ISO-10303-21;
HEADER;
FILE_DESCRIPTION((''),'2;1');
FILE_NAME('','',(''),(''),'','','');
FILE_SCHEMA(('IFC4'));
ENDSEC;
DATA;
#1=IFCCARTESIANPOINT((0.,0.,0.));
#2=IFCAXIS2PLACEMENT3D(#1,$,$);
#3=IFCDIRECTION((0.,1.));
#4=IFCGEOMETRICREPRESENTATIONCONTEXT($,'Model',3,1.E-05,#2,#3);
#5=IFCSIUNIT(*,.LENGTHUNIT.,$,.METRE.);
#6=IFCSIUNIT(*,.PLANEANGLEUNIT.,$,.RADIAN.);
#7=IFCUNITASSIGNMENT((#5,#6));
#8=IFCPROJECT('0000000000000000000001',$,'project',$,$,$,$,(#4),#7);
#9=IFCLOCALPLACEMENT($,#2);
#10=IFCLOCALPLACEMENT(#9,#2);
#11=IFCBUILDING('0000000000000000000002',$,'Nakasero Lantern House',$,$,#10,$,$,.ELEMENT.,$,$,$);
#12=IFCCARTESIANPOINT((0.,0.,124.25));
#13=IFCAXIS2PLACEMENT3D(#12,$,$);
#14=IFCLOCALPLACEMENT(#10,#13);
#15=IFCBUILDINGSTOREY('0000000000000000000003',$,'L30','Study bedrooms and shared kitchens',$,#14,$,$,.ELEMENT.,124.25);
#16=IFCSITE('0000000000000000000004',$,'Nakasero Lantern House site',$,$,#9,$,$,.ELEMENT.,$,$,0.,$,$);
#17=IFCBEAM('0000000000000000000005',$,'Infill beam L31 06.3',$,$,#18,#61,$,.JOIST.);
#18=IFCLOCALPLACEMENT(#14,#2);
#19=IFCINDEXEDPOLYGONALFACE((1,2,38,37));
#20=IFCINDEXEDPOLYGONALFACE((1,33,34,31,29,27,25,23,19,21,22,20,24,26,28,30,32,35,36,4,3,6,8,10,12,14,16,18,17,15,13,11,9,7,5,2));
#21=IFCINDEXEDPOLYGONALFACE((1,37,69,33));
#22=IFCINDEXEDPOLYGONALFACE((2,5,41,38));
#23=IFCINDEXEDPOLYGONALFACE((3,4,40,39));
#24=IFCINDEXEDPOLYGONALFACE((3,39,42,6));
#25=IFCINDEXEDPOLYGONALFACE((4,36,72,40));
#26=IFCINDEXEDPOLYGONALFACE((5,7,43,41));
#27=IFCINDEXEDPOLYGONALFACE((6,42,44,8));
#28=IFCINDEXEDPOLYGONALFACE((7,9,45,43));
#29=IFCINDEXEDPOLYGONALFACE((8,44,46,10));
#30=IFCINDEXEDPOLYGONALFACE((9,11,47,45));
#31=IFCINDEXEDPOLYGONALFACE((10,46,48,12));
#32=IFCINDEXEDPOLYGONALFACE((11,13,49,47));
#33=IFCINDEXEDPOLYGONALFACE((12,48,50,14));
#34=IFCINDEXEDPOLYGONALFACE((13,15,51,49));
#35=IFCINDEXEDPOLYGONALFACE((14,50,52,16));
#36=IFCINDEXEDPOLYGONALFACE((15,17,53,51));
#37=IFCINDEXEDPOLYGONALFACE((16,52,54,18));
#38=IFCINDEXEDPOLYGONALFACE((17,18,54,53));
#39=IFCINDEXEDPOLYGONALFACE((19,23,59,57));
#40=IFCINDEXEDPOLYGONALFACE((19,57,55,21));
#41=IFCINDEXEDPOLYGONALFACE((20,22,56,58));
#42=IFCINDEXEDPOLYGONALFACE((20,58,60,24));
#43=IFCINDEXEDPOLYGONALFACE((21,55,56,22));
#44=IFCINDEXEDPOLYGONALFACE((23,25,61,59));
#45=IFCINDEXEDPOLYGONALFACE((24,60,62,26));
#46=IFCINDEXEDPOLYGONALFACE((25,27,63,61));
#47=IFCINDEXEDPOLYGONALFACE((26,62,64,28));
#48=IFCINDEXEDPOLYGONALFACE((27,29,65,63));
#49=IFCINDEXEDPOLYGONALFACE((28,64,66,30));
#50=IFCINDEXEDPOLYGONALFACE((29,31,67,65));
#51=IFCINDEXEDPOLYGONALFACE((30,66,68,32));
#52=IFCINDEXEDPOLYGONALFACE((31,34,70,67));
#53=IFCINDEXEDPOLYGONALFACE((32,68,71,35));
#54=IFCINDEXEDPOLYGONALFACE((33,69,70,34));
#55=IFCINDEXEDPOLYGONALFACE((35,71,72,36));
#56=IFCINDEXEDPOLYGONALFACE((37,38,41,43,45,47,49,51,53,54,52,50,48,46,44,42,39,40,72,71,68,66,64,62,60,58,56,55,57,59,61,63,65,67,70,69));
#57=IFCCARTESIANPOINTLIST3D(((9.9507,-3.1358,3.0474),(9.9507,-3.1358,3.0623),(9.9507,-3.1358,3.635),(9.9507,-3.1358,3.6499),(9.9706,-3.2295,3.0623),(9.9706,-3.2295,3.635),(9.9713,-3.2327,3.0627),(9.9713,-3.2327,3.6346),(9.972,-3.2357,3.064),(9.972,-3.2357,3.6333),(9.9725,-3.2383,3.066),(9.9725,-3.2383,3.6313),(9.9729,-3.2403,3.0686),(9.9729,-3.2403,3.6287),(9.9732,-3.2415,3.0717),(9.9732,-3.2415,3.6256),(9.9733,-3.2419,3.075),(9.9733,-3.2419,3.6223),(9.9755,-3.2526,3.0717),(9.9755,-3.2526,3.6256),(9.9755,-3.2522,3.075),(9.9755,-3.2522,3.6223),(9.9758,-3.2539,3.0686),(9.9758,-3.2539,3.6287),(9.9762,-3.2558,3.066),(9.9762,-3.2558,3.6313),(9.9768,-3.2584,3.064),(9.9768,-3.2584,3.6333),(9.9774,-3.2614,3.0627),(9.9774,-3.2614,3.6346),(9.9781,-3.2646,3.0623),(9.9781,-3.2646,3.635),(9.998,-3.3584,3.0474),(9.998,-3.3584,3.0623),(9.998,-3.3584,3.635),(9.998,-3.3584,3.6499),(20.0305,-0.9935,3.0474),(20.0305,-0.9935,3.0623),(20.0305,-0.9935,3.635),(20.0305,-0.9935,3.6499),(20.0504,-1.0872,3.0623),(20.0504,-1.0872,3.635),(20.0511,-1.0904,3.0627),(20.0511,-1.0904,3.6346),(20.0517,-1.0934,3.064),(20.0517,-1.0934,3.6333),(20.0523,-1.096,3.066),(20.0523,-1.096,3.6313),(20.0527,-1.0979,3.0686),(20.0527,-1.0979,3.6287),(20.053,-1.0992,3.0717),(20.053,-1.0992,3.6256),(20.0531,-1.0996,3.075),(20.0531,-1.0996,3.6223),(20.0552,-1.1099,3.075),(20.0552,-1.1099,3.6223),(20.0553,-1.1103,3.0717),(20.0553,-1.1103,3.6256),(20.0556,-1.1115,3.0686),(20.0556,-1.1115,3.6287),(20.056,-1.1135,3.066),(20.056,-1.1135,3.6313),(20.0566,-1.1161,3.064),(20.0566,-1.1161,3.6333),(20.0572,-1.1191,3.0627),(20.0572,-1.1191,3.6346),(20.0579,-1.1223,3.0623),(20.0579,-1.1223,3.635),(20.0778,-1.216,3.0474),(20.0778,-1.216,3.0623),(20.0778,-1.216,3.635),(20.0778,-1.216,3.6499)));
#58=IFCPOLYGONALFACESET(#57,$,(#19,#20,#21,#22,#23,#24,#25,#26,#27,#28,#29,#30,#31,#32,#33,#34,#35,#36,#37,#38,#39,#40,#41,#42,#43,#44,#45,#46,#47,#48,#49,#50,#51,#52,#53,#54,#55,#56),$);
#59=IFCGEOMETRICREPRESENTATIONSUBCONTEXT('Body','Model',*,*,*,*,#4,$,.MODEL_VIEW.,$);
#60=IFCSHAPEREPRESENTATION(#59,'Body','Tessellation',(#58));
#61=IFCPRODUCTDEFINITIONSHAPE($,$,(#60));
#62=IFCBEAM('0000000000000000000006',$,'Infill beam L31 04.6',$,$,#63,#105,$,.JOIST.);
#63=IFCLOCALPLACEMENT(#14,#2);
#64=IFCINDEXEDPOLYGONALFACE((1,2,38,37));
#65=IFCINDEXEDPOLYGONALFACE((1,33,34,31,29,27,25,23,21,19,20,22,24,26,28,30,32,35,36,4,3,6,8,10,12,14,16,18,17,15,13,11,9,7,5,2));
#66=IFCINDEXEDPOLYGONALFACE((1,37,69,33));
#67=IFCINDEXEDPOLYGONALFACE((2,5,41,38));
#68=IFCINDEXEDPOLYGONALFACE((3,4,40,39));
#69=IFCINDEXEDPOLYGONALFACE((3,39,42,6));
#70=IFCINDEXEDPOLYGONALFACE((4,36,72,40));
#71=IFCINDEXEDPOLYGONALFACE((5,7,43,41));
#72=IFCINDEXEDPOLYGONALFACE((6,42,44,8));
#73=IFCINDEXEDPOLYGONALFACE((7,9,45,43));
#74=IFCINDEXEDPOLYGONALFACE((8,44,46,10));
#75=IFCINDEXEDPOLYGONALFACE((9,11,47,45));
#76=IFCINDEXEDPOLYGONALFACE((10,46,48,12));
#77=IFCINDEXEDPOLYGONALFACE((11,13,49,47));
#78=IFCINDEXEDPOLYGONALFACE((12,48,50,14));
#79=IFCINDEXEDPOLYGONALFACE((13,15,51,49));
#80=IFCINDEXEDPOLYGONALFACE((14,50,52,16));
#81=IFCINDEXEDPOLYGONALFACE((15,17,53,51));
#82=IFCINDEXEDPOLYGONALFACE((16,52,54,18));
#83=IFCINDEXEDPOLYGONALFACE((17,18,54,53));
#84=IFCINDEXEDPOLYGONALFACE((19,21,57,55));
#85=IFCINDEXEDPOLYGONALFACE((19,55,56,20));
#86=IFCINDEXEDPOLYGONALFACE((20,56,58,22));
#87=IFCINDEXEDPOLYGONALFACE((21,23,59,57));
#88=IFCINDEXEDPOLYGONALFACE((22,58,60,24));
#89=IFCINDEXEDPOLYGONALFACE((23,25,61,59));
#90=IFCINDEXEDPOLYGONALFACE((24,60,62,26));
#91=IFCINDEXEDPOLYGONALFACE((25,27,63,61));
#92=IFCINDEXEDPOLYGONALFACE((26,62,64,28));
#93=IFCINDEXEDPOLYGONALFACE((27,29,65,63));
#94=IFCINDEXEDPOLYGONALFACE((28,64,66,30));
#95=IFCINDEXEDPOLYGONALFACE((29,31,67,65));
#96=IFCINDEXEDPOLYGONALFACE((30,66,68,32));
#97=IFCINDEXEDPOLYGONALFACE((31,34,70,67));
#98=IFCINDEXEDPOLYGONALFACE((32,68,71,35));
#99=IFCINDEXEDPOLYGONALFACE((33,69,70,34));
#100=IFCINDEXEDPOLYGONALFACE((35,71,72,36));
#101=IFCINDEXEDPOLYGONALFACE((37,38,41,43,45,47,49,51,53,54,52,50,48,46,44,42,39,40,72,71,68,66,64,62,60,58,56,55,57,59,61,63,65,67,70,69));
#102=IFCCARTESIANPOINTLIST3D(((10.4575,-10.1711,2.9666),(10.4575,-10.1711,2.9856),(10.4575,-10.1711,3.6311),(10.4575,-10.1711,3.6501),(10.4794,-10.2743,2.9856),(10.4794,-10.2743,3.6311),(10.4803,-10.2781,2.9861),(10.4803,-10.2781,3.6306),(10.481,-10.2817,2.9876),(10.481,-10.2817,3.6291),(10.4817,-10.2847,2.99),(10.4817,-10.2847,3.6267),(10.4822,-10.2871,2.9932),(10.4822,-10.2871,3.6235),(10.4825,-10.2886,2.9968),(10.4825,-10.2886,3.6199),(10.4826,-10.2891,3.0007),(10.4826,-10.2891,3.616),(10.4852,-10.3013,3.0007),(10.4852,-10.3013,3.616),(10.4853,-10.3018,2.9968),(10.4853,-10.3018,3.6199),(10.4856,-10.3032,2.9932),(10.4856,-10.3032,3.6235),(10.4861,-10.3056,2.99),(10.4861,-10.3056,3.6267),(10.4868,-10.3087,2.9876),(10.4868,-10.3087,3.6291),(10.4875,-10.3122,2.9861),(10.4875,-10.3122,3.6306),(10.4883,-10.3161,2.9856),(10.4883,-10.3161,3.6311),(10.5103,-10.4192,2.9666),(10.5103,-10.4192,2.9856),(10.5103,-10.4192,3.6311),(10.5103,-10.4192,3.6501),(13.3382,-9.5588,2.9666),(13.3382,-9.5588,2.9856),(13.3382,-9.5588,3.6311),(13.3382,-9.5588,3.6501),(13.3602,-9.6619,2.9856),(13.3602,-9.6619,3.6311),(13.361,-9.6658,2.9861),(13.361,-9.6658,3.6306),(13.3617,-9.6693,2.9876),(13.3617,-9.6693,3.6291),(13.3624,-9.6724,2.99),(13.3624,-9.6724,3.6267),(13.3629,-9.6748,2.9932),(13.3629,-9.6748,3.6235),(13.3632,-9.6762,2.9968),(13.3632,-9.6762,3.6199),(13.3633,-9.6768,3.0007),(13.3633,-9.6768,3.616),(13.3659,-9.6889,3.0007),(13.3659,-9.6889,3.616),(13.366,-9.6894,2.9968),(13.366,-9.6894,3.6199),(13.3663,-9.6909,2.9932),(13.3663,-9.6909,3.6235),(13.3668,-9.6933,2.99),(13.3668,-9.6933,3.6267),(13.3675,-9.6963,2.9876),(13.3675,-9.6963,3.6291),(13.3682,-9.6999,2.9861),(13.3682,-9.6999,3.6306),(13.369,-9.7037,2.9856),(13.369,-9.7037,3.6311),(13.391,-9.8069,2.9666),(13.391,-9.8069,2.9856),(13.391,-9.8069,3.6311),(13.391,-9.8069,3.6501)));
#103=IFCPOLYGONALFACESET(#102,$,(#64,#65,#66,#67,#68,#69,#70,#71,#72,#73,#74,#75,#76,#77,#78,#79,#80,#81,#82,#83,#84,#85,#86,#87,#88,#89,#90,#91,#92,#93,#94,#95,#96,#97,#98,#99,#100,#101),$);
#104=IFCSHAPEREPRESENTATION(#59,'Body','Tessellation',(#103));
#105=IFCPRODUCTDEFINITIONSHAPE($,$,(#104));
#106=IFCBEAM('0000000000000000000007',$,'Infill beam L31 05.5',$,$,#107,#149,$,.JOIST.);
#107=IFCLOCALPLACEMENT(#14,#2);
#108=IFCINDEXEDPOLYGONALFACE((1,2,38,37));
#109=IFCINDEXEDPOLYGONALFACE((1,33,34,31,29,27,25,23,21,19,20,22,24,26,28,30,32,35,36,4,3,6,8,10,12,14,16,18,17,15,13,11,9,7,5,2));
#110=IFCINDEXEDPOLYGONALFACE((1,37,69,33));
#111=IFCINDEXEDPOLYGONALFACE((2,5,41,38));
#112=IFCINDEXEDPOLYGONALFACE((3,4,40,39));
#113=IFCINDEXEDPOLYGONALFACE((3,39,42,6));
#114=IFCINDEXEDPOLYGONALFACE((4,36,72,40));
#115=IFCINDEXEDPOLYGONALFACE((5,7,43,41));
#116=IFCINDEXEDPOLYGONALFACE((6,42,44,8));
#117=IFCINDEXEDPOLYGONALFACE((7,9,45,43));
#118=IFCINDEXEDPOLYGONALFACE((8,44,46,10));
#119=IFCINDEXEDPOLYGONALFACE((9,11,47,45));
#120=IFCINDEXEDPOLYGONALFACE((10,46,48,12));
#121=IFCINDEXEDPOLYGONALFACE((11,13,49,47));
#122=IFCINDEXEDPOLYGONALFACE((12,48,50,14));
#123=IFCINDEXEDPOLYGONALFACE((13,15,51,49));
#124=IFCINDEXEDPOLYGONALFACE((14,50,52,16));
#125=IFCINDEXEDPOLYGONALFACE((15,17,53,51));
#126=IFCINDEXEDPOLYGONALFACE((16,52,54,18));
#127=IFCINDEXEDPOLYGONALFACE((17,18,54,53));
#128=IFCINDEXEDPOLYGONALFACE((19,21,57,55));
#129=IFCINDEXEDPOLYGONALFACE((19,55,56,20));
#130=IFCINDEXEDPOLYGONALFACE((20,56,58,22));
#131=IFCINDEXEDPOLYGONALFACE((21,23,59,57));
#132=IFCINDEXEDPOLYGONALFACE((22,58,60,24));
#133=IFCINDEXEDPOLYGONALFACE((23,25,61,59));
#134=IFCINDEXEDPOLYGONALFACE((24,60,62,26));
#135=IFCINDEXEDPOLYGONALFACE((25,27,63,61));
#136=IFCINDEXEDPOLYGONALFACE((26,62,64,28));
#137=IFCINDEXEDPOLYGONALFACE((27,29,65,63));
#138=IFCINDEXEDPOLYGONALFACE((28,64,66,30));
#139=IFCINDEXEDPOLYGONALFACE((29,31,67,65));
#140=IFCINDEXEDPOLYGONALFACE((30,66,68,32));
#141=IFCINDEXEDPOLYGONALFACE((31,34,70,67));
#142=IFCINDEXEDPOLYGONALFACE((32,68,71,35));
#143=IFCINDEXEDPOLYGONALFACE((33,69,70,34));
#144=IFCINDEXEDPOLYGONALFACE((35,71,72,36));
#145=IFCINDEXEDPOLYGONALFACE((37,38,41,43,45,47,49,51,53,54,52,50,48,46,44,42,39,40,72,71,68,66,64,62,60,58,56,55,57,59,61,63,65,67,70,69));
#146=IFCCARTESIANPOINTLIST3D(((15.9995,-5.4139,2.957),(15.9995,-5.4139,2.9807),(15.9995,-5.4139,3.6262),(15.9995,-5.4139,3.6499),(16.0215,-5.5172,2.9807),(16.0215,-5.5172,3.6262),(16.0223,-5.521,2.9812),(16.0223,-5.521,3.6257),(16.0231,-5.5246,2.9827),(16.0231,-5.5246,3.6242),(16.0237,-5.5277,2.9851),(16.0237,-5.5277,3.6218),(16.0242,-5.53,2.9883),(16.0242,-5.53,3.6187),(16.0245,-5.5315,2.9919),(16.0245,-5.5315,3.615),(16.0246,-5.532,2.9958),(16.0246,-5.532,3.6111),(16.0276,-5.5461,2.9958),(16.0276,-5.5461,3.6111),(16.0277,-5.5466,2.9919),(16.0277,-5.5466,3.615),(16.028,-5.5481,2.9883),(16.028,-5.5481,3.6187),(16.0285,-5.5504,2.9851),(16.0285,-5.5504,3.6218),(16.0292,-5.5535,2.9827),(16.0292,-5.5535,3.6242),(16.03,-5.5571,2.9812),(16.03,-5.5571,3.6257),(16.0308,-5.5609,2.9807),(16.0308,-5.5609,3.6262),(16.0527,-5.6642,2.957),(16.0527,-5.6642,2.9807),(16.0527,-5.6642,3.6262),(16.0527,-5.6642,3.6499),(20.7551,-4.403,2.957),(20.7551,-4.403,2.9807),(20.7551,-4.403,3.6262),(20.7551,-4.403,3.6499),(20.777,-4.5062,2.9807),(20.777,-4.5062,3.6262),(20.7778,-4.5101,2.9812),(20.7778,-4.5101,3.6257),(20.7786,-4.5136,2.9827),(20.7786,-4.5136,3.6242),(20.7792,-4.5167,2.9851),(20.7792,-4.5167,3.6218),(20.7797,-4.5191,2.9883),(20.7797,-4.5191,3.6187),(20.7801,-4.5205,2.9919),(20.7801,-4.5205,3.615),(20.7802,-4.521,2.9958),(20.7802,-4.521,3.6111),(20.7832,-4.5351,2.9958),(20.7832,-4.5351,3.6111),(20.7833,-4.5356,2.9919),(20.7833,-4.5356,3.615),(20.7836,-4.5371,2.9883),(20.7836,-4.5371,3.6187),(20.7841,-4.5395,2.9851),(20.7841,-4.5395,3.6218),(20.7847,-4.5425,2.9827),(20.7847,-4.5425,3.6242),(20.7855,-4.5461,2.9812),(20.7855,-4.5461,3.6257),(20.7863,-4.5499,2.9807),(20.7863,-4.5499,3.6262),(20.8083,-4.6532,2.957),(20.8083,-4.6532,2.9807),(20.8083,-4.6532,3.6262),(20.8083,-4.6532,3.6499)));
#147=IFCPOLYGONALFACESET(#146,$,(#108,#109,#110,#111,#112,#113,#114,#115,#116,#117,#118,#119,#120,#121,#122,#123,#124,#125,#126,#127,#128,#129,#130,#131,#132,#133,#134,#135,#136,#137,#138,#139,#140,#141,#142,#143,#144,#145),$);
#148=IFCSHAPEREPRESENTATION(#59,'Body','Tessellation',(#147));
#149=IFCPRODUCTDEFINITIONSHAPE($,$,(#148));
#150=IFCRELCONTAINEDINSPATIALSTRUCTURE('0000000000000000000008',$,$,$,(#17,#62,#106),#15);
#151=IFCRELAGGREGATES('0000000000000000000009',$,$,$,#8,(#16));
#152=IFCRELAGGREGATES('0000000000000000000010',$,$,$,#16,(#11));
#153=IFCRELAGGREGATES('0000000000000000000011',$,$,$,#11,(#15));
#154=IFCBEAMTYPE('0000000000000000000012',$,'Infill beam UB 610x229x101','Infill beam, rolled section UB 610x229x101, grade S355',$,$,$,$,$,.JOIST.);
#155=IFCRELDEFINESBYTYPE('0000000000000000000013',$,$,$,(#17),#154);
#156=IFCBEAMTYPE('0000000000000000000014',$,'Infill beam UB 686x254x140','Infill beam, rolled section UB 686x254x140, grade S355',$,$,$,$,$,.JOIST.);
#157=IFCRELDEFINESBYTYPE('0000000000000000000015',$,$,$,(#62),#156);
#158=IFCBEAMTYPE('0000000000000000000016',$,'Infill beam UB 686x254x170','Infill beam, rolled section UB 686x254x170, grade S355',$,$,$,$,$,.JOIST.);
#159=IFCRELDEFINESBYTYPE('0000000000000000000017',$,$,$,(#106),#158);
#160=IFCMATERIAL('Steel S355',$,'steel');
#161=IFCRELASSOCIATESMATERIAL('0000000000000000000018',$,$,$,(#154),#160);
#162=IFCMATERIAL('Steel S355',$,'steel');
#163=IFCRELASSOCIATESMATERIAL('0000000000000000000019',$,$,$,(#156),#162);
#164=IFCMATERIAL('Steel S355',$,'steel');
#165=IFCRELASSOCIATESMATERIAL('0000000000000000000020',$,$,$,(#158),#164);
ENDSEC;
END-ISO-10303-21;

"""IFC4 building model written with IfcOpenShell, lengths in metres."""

from ifc_helpers import new_model, si_unit, direction, frame, origin, origin_2d, place, context, subcontext, project, spatial, i_section, extrude, material, material_profile, profile_set, type_object, element, save


model = new_model("IFC4")

# Units and contexts
model_context = context("Model", 3, precision=1e-05, world=origin(), true_north=direction((0.0, 1.0)))
body_context = subcontext(model_context, "Body", "Model", "MODEL_VIEW")
ifc_project = project(units=[si_unit("LENGTHUNIT", "METRE"), si_unit("PLANEANGLEUNIT", "RADIAN")], contexts=[model_context])

# Site, building, storey
site_placement = place(None, origin())
site = spatial("IfcSite", under=ifc_project, at=site_placement, Name="Nakasero Lantern House site", CompositionType="ELEMENT", RefElevation=0.0)
building_placement = place(site_placement, origin())
building = spatial("IfcBuilding", under=site, at=building_placement, Name="Nakasero Lantern House", CompositionType="ELEMENT")
storey_placement = place(building_placement, frame((0.0, 0.0, 124.25)))
storey = spatial("IfcBuildingStorey", under=building, at=storey_placement, Name="L30", Description="Study bedrooms and shared kitchens", CompositionType="ELEMENT", Elevation=124.25)

# Beams
ifc_material_1 = material(Name="Steel S355", Category="steel")
ifc_material_profile_1 = material_profile(ifc_material_1, i_section(OverallWidth=0.2275, OverallDepth=0.6025, WebThickness=0.0105, FlangeThickness=0.0149, FilletRadius=0.0127, at=origin_2d()), Name="UB 610x229x101")
ifc_profile_set_1 = profile_set([ifc_material_profile_1], Name="Steel S355")
beam_type_1 = type_object("IfcBeamType", Name="Infill beam UB 610x229x101", Description="Infill beam, rolled section UB 610x229x101, grade S355", PredefinedType="JOIST", material=ifc_profile_set_1)
beam_1_placement = place(storey_placement, frame((9.9744, -3.2471, 3.3486), z_axis=(0.978152, 0.207893, 0.0), x_axis=(-0.207893, 0.978152, 0.0)))
element("IfcBeam", 1, at=beam_1_placement, inside=storey, type_object=beam_type_1, Name="Infill beam L31 06.3", PredefinedType="JOIST", context=body_context, shape_type="SweptSolid", body=[
    extrude(i_section(OverallWidth=0.2275, OverallDepth=0.6025, WebThickness=0.0105, FlangeThickness=0.0149, FilletRadius=0.0127, at=origin_2d()), origin(), (0.0, 0.0, 1.0), 10.3049),
])
ifc_material_2 = material(Name="Steel S355", Category="steel")
ifc_material_profile_2 = material_profile(ifc_material_2, i_section(OverallWidth=0.2537, OverallDepth=0.6836, WebThickness=0.0125, FlangeThickness=0.019, FilletRadius=0.0151, at=origin_2d()), Name="UB 686x254x140")
ifc_profile_set_2 = profile_set([ifc_material_profile_2], Name="Steel S355")
beam_type_2 = type_object("IfcBeamType", Name="Infill beam UB 686x254x140", Description="Infill beam, rolled section UB 686x254x140, grade S355", PredefinedType="JOIST", material=ifc_profile_set_2)
beam_2_placement = place(storey_placement, frame((10.4839, -10.2952, 3.3083), z_axis=(0.978147, 0.207915, 0.0), x_axis=(-0.207915, 0.978147, 0.0)))
element("IfcBeam", 2, at=beam_2_placement, inside=storey, type_object=beam_type_2, Name="Infill beam L31 04.6", PredefinedType="JOIST", context=body_context, shape_type="SweptSolid", body=[
    extrude(i_section(OverallWidth=0.2537, OverallDepth=0.6836, WebThickness=0.0125, FlangeThickness=0.019, FilletRadius=0.0151, at=origin_2d()), origin(), (0.0, 0.0, 1.0), 2.9451),
])
ifc_material_3 = material(Name="Steel S355", Category="steel")
ifc_material_profile_3 = material_profile(ifc_material_3, i_section(OverallWidth=0.2559, OverallDepth=0.6929, WebThickness=0.0144, FlangeThickness=0.0237, FilletRadius=0.0151, at=origin_2d()), Name="UB 686x254x170")
ifc_profile_set_3 = profile_set([ifc_material_profile_3], Name="Steel S355")
beam_type_3 = type_object("IfcBeamType", Name="Infill beam UB 686x254x170", Description="Infill beam, rolled section UB 686x254x170, grade S355", PredefinedType="JOIST", material=ifc_profile_set_3)
beam_3_placement = place(storey_placement, frame((16.0261, -5.5391, 3.3035), z_axis=(0.978141, 0.207941, 0.0), x_axis=(-0.207941, 0.978141, 0.0)))
element("IfcBeam", 3, at=beam_3_placement, inside=storey, type_object=beam_type_3, Name="Infill beam L31 05.5", PredefinedType="JOIST", context=body_context, shape_type="SweptSolid", body=[
    extrude(i_section(OverallWidth=0.2559, OverallDepth=0.6929, WebThickness=0.0144, FlangeThickness=0.0237, FilletRadius=0.0151, at=origin_2d()), origin(), (0.0, 0.0, 1.0), 4.8618),
])

save(model, "model.ifc")
